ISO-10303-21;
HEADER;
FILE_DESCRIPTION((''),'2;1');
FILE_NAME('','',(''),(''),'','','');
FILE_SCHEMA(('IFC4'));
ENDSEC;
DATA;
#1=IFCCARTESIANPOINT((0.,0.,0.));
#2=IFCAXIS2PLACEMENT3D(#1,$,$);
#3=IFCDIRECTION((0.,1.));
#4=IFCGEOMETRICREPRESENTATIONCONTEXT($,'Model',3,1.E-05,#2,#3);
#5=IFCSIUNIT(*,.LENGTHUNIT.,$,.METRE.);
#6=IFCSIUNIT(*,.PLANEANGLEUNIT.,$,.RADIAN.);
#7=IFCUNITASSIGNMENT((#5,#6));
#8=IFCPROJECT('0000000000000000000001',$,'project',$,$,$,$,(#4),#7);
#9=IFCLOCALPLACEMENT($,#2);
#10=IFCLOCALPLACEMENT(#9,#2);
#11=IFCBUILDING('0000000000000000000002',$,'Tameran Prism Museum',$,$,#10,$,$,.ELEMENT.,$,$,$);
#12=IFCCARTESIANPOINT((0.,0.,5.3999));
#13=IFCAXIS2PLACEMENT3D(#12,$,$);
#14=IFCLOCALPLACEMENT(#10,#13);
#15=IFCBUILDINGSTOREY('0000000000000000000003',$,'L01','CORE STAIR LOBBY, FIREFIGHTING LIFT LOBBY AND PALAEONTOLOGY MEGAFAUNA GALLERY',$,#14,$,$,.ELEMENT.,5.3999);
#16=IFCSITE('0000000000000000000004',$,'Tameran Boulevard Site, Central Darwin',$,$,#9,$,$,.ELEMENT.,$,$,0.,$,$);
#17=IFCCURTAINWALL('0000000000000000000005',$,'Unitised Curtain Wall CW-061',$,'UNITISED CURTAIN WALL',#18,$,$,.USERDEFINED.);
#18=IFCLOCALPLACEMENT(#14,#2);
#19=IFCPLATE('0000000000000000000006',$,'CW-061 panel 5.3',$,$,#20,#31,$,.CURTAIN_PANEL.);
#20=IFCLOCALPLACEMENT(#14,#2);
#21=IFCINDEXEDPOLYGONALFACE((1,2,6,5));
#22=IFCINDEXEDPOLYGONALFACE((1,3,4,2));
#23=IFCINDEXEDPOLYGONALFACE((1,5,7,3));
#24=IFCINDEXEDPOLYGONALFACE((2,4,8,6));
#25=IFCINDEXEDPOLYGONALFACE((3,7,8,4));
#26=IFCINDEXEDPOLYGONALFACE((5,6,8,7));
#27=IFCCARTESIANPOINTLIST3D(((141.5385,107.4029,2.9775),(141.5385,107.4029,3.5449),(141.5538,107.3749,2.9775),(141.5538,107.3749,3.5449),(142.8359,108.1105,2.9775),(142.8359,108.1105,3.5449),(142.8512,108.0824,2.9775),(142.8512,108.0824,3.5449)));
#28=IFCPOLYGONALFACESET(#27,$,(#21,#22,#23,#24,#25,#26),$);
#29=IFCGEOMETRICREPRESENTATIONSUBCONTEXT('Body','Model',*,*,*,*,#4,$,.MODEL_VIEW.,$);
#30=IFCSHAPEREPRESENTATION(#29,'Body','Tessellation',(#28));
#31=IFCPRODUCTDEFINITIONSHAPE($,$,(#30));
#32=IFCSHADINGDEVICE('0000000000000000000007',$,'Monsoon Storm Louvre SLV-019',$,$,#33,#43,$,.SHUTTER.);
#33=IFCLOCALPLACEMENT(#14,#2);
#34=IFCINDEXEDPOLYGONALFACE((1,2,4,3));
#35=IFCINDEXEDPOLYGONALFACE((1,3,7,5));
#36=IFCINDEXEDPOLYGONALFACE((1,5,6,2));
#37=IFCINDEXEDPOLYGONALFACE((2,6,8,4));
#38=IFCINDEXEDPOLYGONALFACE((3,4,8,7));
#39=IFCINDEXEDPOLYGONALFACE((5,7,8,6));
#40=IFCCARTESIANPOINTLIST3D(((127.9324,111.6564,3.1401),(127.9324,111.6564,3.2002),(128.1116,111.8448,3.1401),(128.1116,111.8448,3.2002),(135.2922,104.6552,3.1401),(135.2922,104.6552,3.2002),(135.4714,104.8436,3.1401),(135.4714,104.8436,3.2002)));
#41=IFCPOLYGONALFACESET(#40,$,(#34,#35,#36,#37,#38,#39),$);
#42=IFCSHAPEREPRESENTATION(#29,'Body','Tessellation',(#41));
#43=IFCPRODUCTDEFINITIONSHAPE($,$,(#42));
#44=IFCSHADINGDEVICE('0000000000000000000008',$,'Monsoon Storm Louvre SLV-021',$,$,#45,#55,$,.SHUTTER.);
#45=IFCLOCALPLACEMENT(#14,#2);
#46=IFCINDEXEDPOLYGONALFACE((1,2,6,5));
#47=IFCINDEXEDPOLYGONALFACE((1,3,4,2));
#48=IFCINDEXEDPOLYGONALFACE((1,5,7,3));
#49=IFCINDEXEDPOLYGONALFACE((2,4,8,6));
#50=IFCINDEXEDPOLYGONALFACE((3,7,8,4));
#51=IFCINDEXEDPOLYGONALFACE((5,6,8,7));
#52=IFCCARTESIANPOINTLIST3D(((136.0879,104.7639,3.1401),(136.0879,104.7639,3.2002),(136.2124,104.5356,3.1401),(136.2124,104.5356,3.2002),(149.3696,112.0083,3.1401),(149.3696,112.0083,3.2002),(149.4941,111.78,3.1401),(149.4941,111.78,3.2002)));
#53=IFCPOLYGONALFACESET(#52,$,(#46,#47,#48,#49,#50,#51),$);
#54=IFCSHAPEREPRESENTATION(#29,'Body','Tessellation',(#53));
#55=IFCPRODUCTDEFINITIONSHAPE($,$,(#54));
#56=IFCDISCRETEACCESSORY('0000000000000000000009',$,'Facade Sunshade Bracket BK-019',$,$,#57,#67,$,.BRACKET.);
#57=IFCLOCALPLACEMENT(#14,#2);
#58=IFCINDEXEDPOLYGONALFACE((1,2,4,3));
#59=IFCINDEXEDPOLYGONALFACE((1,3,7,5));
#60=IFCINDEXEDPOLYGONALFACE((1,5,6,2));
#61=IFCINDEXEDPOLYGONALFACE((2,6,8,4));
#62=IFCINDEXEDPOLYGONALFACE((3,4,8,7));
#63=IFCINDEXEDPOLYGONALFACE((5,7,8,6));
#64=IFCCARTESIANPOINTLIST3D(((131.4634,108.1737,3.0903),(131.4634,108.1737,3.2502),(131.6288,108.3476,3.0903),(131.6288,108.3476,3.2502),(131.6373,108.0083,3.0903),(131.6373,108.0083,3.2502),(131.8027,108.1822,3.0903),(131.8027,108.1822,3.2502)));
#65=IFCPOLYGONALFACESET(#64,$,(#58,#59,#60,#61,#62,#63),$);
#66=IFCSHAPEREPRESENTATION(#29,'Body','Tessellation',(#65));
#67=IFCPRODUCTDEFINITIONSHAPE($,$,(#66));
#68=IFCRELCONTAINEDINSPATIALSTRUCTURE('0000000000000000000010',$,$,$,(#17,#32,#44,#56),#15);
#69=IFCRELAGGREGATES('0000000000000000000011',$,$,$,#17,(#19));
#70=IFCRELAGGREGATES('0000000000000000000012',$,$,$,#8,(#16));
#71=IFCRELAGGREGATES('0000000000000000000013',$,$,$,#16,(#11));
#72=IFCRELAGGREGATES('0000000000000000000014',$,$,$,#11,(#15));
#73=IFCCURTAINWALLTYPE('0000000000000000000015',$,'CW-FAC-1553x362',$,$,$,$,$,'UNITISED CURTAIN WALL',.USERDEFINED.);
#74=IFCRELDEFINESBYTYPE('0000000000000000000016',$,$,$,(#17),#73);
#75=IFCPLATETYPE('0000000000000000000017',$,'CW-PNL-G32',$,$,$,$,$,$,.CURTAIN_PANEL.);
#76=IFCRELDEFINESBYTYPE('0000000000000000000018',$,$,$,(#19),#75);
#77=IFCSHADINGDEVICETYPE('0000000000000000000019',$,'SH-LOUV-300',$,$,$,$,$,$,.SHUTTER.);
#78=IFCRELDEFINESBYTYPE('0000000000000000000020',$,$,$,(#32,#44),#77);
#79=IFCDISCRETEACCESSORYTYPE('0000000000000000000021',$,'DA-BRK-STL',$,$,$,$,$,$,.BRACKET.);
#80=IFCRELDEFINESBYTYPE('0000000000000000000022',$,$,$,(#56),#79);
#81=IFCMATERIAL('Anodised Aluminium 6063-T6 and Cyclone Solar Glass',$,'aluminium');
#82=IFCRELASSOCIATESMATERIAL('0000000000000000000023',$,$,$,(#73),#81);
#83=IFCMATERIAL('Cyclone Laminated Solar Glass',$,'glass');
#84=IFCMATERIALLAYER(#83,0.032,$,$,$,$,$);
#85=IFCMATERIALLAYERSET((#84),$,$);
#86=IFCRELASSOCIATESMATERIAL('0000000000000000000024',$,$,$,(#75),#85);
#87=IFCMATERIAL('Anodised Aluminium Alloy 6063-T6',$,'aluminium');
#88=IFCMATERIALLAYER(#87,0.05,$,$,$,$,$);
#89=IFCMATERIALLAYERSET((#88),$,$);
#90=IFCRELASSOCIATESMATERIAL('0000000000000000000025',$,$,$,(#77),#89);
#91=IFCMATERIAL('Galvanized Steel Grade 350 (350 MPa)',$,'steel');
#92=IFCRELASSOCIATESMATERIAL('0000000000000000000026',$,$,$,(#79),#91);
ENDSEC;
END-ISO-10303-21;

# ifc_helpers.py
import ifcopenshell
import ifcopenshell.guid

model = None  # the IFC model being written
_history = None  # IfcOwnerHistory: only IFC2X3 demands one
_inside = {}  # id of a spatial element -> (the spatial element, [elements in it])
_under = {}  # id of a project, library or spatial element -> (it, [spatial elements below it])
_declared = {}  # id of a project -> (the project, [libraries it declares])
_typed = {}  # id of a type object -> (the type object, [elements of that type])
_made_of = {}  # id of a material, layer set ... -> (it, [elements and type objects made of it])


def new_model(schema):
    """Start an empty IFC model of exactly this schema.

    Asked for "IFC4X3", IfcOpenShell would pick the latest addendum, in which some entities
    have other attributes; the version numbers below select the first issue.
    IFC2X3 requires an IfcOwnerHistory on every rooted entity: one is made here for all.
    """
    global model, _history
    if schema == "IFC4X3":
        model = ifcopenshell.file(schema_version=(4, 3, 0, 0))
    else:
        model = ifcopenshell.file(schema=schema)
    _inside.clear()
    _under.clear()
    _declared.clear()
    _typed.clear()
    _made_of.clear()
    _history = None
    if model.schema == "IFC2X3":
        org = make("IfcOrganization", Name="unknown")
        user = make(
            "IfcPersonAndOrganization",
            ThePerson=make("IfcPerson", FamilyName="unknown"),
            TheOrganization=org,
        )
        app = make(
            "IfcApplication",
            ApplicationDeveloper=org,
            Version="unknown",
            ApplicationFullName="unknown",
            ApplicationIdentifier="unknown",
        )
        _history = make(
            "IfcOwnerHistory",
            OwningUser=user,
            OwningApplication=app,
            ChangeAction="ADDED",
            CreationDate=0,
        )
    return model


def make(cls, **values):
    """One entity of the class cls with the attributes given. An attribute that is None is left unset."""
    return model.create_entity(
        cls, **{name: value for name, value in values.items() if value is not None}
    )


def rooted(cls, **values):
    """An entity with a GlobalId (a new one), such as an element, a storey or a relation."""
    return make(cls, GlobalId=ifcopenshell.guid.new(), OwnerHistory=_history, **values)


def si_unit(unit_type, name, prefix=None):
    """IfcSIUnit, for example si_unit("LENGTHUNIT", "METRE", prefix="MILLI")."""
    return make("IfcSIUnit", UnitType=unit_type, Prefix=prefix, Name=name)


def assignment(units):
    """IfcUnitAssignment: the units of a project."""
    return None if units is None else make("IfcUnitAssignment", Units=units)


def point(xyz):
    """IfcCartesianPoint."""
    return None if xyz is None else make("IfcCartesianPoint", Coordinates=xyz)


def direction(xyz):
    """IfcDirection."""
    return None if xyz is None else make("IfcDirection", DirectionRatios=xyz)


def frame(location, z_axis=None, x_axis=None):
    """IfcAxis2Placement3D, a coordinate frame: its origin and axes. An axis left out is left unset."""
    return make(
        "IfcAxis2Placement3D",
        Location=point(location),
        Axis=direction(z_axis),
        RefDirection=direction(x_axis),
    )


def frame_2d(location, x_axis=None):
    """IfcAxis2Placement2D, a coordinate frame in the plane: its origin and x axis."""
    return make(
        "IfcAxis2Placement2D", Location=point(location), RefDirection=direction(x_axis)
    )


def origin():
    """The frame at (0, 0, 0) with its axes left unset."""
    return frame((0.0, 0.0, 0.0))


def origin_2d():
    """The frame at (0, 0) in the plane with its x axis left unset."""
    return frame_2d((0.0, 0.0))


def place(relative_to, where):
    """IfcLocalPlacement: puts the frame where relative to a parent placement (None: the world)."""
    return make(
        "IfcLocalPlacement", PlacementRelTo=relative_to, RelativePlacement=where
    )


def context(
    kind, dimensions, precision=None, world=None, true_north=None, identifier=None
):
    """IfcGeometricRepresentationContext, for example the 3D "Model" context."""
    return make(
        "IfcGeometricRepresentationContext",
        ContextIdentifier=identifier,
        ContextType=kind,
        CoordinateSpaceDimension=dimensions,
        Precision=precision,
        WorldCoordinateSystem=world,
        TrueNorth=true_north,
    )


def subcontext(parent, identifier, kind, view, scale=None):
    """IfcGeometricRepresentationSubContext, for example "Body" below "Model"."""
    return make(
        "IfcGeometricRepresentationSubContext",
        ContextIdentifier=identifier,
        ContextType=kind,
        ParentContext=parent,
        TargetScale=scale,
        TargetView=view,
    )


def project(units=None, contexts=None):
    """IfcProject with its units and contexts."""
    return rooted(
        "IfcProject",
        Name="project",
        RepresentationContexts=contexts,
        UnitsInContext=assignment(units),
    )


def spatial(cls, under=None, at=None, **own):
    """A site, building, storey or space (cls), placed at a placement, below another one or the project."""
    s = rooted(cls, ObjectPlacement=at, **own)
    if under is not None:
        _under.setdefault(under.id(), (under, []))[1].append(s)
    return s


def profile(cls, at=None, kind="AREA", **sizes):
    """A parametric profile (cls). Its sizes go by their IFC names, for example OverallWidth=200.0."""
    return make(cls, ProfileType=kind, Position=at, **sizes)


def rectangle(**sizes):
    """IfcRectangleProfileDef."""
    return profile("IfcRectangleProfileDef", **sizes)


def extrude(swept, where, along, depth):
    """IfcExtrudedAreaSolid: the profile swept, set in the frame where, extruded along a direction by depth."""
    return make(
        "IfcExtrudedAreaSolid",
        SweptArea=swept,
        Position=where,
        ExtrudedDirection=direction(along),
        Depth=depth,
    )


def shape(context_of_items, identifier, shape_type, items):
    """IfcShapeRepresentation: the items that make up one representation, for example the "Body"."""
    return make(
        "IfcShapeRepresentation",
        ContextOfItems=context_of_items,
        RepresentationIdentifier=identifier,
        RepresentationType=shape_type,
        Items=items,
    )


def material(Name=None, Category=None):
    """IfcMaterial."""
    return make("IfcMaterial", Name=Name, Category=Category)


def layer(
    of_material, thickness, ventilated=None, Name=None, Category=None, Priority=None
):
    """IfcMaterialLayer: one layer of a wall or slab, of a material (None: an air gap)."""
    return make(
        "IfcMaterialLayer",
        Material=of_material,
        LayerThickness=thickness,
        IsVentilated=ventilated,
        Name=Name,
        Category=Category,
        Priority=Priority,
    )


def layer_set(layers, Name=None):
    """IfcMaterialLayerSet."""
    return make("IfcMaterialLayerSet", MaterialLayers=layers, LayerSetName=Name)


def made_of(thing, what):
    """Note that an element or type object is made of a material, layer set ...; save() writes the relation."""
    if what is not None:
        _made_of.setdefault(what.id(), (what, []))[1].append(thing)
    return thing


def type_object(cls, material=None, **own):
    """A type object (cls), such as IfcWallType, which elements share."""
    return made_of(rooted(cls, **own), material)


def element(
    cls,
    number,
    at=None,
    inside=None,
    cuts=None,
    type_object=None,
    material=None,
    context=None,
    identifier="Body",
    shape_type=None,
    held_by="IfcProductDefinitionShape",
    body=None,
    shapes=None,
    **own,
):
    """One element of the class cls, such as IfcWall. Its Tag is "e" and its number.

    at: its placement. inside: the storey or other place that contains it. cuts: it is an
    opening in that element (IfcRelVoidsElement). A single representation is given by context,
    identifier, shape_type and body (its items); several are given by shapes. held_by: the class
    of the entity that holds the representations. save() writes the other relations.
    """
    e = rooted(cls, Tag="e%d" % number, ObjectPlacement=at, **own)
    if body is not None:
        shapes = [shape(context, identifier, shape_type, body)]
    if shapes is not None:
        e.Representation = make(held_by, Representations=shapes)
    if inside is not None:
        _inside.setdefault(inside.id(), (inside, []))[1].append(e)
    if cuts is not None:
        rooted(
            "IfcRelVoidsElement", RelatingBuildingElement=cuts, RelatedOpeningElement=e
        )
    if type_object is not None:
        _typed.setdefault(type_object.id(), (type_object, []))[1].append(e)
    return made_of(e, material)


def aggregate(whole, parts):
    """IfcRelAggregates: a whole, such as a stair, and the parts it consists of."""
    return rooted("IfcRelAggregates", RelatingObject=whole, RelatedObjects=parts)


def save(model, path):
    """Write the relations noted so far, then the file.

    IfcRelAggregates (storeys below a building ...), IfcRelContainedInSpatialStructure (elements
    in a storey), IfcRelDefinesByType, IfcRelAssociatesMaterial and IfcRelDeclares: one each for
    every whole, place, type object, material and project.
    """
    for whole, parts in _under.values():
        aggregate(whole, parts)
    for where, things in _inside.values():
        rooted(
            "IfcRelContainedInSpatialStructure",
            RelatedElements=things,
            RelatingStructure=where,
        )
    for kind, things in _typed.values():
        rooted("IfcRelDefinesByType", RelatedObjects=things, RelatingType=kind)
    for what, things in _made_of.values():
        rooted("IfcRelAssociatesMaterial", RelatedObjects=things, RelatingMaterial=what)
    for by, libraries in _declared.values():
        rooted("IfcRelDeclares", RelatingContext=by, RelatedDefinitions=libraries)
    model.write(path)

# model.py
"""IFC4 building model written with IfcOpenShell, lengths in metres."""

from ifc_helpers import new_model, si_unit, direction, frame, origin, origin_2d, place, context, subcontext, project, spatial, rectangle, extrude, material, layer, layer_set, type_object, element, aggregate, save


model = new_model("IFC4")

# Units and contexts
model_context = context("Model", 3, precision=1e-05, world=origin(), true_north=direction((0.0, 1.0)))
body_context = subcontext(model_context, "Body", "Model", "MODEL_VIEW")
ifc_project = project(units=[si_unit("LENGTHUNIT", "METRE"), si_unit("PLANEANGLEUNIT", "RADIAN")], contexts=[model_context])

# Site, building, storey
site_placement = place(None, origin())
site = spatial("IfcSite", under=ifc_project, at=site_placement, Name="Tameran Boulevard Site, Central Darwin", CompositionType="ELEMENT", RefElevation=0.0)
building_placement = place(site_placement, origin())
building = spatial("IfcBuilding", under=site, at=building_placement, Name="Tameran Prism Museum", CompositionType="ELEMENT")
storey_placement = place(building_placement, frame((0.0, 0.0, 5.3999)))
storey = spatial("IfcBuildingStorey", under=building, at=storey_placement, Name="L01", Description="CORE STAIR LOBBY, FIREFIGHTING LIFT LOBBY AND PALAEONTOLOGY MEGAFAUNA GALLERY", CompositionType="ELEMENT", Elevation=5.3999)

# Curtain wall
ifc_material_1 = material(Name="Anodised Aluminium 6063-T6 and Cyclone Solar Glass", Category="aluminium")
curtain_wall_type_1 = type_object("IfcCurtainWallType", Name="CW-FAC-1553x362", ElementType="UNITISED CURTAIN WALL", PredefinedType="USERDEFINED", material=ifc_material_1)
curtain_wall_1_placement = place(storey_placement, origin())
curtain_wall_1 = element("IfcCurtainWall", 1, at=curtain_wall_1_placement, inside=storey, type_object=curtain_wall_type_1, Name="Unitised Curtain Wall CW-061", ObjectType="UNITISED CURTAIN WALL", PredefinedType="USERDEFINED")

# Plate
ifc_material_2 = material(Name="Cyclone Laminated Solar Glass", Category="glass")
ifc_layer_1 = layer(ifc_material_2, 0.032)
ifc_layer_set_1 = layer_set([ifc_layer_1])
plate_type = type_object("IfcPlateType", Name="CW-PNL-G32", PredefinedType="CURTAIN_PANEL", material=ifc_layer_set_1)
plate_1_placement = place(storey_placement, frame((142.1948, 107.7427, 2.9775), z_axis=(0.0, 0.0, 1.0), x_axis=(0.877928, 0.478793, 0.0)))
plate_1 = element("IfcPlate", 2, at=plate_1_placement, type_object=plate_type, Name="CW-061 panel 5.3", PredefinedType="CURTAIN_PANEL", context=body_context, shape_type="SweptSolid", body=[
    extrude(rectangle(XDim=1.4778, YDim=0.032, at=origin_2d()), origin(), (0.0, 0.0, 1.0), 0.5674),
])
aggregate(curtain_wall_1, [plate_1])

# Shading devices
ifc_material_3 = material(Name="Anodised Aluminium Alloy 6063-T6", Category="aluminium")
ifc_layer_2 = layer(ifc_material_3, 0.05)
ifc_layer_set_2 = layer_set([ifc_layer_2])
shading_device_type = type_object("IfcShadingDeviceType", Name="SH-LOUV-300", PredefinedType="SHUTTER", material=ifc_layer_set_2)
shading_device_1_placement = place(storey_placement, frame((131.7019, 108.25, 3.1401), z_axis=(0.0, 0.0, 1.0), x_axis=(0.724533, -0.68924, 0.0)))
element("IfcShadingDevice", 3, at=shading_device_1_placement, inside=storey, type_object=shading_device_type, Name="Monsoon Storm Louvre SLV-019", PredefinedType="SHUTTER", context=body_context, shape_type="SweptSolid", body=[
    extrude(rectangle(XDim=10.158, YDim=0.26, at=origin_2d()), origin(), (0.0, 0.0, 1.0), 0.0601),
])
shading_device_2_placement = place(storey_placement, frame((142.791, 108.272, 3.1401), z_axis=(0.0, 0.0, 1.0), x_axis=(0.877899, 0.478845, 0.0)))
element("IfcShadingDevice", 4, at=shading_device_2_placement, inside=storey, type_object=shading_device_type, Name="Monsoon Storm Louvre SLV-021", PredefinedType="SHUTTER", context=body_context, shape_type="SweptSolid", body=[
    extrude(rectangle(XDim=15.1289, YDim=0.26, at=origin_2d()), origin(), (0.0, 0.0, 1.0), 0.0601),
])

# Discrete accessory
ifc_material_4 = material(Name="Galvanized Steel Grade 350 (350 MPa)", Category="steel")
discrete_accessory_type = type_object("IfcDiscreteAccessoryType", Name="DA-BRK-STL", PredefinedType="BRACKET", material=ifc_material_4)
discrete_accessory_placement = place(storey_placement, frame((131.6331, 108.178, 3.0903), z_axis=(0.0, 0.0, 1.0), x_axis=(0.724533, -0.68924, 0.0)))
element("IfcDiscreteAccessory", 5, at=discrete_accessory_placement, inside=storey, type_object=discrete_accessory_type, Name="Facade Sunshade Bracket BK-019", PredefinedType="BRACKET", context=body_context, shape_type="SweptSolid", body=[
    extrude(rectangle(XDim=0.24, YDim=0.24, at=origin_2d()), origin(), (0.0, 0.0, 1.0), 0.1599),
])

save(model, "model.ifc")
